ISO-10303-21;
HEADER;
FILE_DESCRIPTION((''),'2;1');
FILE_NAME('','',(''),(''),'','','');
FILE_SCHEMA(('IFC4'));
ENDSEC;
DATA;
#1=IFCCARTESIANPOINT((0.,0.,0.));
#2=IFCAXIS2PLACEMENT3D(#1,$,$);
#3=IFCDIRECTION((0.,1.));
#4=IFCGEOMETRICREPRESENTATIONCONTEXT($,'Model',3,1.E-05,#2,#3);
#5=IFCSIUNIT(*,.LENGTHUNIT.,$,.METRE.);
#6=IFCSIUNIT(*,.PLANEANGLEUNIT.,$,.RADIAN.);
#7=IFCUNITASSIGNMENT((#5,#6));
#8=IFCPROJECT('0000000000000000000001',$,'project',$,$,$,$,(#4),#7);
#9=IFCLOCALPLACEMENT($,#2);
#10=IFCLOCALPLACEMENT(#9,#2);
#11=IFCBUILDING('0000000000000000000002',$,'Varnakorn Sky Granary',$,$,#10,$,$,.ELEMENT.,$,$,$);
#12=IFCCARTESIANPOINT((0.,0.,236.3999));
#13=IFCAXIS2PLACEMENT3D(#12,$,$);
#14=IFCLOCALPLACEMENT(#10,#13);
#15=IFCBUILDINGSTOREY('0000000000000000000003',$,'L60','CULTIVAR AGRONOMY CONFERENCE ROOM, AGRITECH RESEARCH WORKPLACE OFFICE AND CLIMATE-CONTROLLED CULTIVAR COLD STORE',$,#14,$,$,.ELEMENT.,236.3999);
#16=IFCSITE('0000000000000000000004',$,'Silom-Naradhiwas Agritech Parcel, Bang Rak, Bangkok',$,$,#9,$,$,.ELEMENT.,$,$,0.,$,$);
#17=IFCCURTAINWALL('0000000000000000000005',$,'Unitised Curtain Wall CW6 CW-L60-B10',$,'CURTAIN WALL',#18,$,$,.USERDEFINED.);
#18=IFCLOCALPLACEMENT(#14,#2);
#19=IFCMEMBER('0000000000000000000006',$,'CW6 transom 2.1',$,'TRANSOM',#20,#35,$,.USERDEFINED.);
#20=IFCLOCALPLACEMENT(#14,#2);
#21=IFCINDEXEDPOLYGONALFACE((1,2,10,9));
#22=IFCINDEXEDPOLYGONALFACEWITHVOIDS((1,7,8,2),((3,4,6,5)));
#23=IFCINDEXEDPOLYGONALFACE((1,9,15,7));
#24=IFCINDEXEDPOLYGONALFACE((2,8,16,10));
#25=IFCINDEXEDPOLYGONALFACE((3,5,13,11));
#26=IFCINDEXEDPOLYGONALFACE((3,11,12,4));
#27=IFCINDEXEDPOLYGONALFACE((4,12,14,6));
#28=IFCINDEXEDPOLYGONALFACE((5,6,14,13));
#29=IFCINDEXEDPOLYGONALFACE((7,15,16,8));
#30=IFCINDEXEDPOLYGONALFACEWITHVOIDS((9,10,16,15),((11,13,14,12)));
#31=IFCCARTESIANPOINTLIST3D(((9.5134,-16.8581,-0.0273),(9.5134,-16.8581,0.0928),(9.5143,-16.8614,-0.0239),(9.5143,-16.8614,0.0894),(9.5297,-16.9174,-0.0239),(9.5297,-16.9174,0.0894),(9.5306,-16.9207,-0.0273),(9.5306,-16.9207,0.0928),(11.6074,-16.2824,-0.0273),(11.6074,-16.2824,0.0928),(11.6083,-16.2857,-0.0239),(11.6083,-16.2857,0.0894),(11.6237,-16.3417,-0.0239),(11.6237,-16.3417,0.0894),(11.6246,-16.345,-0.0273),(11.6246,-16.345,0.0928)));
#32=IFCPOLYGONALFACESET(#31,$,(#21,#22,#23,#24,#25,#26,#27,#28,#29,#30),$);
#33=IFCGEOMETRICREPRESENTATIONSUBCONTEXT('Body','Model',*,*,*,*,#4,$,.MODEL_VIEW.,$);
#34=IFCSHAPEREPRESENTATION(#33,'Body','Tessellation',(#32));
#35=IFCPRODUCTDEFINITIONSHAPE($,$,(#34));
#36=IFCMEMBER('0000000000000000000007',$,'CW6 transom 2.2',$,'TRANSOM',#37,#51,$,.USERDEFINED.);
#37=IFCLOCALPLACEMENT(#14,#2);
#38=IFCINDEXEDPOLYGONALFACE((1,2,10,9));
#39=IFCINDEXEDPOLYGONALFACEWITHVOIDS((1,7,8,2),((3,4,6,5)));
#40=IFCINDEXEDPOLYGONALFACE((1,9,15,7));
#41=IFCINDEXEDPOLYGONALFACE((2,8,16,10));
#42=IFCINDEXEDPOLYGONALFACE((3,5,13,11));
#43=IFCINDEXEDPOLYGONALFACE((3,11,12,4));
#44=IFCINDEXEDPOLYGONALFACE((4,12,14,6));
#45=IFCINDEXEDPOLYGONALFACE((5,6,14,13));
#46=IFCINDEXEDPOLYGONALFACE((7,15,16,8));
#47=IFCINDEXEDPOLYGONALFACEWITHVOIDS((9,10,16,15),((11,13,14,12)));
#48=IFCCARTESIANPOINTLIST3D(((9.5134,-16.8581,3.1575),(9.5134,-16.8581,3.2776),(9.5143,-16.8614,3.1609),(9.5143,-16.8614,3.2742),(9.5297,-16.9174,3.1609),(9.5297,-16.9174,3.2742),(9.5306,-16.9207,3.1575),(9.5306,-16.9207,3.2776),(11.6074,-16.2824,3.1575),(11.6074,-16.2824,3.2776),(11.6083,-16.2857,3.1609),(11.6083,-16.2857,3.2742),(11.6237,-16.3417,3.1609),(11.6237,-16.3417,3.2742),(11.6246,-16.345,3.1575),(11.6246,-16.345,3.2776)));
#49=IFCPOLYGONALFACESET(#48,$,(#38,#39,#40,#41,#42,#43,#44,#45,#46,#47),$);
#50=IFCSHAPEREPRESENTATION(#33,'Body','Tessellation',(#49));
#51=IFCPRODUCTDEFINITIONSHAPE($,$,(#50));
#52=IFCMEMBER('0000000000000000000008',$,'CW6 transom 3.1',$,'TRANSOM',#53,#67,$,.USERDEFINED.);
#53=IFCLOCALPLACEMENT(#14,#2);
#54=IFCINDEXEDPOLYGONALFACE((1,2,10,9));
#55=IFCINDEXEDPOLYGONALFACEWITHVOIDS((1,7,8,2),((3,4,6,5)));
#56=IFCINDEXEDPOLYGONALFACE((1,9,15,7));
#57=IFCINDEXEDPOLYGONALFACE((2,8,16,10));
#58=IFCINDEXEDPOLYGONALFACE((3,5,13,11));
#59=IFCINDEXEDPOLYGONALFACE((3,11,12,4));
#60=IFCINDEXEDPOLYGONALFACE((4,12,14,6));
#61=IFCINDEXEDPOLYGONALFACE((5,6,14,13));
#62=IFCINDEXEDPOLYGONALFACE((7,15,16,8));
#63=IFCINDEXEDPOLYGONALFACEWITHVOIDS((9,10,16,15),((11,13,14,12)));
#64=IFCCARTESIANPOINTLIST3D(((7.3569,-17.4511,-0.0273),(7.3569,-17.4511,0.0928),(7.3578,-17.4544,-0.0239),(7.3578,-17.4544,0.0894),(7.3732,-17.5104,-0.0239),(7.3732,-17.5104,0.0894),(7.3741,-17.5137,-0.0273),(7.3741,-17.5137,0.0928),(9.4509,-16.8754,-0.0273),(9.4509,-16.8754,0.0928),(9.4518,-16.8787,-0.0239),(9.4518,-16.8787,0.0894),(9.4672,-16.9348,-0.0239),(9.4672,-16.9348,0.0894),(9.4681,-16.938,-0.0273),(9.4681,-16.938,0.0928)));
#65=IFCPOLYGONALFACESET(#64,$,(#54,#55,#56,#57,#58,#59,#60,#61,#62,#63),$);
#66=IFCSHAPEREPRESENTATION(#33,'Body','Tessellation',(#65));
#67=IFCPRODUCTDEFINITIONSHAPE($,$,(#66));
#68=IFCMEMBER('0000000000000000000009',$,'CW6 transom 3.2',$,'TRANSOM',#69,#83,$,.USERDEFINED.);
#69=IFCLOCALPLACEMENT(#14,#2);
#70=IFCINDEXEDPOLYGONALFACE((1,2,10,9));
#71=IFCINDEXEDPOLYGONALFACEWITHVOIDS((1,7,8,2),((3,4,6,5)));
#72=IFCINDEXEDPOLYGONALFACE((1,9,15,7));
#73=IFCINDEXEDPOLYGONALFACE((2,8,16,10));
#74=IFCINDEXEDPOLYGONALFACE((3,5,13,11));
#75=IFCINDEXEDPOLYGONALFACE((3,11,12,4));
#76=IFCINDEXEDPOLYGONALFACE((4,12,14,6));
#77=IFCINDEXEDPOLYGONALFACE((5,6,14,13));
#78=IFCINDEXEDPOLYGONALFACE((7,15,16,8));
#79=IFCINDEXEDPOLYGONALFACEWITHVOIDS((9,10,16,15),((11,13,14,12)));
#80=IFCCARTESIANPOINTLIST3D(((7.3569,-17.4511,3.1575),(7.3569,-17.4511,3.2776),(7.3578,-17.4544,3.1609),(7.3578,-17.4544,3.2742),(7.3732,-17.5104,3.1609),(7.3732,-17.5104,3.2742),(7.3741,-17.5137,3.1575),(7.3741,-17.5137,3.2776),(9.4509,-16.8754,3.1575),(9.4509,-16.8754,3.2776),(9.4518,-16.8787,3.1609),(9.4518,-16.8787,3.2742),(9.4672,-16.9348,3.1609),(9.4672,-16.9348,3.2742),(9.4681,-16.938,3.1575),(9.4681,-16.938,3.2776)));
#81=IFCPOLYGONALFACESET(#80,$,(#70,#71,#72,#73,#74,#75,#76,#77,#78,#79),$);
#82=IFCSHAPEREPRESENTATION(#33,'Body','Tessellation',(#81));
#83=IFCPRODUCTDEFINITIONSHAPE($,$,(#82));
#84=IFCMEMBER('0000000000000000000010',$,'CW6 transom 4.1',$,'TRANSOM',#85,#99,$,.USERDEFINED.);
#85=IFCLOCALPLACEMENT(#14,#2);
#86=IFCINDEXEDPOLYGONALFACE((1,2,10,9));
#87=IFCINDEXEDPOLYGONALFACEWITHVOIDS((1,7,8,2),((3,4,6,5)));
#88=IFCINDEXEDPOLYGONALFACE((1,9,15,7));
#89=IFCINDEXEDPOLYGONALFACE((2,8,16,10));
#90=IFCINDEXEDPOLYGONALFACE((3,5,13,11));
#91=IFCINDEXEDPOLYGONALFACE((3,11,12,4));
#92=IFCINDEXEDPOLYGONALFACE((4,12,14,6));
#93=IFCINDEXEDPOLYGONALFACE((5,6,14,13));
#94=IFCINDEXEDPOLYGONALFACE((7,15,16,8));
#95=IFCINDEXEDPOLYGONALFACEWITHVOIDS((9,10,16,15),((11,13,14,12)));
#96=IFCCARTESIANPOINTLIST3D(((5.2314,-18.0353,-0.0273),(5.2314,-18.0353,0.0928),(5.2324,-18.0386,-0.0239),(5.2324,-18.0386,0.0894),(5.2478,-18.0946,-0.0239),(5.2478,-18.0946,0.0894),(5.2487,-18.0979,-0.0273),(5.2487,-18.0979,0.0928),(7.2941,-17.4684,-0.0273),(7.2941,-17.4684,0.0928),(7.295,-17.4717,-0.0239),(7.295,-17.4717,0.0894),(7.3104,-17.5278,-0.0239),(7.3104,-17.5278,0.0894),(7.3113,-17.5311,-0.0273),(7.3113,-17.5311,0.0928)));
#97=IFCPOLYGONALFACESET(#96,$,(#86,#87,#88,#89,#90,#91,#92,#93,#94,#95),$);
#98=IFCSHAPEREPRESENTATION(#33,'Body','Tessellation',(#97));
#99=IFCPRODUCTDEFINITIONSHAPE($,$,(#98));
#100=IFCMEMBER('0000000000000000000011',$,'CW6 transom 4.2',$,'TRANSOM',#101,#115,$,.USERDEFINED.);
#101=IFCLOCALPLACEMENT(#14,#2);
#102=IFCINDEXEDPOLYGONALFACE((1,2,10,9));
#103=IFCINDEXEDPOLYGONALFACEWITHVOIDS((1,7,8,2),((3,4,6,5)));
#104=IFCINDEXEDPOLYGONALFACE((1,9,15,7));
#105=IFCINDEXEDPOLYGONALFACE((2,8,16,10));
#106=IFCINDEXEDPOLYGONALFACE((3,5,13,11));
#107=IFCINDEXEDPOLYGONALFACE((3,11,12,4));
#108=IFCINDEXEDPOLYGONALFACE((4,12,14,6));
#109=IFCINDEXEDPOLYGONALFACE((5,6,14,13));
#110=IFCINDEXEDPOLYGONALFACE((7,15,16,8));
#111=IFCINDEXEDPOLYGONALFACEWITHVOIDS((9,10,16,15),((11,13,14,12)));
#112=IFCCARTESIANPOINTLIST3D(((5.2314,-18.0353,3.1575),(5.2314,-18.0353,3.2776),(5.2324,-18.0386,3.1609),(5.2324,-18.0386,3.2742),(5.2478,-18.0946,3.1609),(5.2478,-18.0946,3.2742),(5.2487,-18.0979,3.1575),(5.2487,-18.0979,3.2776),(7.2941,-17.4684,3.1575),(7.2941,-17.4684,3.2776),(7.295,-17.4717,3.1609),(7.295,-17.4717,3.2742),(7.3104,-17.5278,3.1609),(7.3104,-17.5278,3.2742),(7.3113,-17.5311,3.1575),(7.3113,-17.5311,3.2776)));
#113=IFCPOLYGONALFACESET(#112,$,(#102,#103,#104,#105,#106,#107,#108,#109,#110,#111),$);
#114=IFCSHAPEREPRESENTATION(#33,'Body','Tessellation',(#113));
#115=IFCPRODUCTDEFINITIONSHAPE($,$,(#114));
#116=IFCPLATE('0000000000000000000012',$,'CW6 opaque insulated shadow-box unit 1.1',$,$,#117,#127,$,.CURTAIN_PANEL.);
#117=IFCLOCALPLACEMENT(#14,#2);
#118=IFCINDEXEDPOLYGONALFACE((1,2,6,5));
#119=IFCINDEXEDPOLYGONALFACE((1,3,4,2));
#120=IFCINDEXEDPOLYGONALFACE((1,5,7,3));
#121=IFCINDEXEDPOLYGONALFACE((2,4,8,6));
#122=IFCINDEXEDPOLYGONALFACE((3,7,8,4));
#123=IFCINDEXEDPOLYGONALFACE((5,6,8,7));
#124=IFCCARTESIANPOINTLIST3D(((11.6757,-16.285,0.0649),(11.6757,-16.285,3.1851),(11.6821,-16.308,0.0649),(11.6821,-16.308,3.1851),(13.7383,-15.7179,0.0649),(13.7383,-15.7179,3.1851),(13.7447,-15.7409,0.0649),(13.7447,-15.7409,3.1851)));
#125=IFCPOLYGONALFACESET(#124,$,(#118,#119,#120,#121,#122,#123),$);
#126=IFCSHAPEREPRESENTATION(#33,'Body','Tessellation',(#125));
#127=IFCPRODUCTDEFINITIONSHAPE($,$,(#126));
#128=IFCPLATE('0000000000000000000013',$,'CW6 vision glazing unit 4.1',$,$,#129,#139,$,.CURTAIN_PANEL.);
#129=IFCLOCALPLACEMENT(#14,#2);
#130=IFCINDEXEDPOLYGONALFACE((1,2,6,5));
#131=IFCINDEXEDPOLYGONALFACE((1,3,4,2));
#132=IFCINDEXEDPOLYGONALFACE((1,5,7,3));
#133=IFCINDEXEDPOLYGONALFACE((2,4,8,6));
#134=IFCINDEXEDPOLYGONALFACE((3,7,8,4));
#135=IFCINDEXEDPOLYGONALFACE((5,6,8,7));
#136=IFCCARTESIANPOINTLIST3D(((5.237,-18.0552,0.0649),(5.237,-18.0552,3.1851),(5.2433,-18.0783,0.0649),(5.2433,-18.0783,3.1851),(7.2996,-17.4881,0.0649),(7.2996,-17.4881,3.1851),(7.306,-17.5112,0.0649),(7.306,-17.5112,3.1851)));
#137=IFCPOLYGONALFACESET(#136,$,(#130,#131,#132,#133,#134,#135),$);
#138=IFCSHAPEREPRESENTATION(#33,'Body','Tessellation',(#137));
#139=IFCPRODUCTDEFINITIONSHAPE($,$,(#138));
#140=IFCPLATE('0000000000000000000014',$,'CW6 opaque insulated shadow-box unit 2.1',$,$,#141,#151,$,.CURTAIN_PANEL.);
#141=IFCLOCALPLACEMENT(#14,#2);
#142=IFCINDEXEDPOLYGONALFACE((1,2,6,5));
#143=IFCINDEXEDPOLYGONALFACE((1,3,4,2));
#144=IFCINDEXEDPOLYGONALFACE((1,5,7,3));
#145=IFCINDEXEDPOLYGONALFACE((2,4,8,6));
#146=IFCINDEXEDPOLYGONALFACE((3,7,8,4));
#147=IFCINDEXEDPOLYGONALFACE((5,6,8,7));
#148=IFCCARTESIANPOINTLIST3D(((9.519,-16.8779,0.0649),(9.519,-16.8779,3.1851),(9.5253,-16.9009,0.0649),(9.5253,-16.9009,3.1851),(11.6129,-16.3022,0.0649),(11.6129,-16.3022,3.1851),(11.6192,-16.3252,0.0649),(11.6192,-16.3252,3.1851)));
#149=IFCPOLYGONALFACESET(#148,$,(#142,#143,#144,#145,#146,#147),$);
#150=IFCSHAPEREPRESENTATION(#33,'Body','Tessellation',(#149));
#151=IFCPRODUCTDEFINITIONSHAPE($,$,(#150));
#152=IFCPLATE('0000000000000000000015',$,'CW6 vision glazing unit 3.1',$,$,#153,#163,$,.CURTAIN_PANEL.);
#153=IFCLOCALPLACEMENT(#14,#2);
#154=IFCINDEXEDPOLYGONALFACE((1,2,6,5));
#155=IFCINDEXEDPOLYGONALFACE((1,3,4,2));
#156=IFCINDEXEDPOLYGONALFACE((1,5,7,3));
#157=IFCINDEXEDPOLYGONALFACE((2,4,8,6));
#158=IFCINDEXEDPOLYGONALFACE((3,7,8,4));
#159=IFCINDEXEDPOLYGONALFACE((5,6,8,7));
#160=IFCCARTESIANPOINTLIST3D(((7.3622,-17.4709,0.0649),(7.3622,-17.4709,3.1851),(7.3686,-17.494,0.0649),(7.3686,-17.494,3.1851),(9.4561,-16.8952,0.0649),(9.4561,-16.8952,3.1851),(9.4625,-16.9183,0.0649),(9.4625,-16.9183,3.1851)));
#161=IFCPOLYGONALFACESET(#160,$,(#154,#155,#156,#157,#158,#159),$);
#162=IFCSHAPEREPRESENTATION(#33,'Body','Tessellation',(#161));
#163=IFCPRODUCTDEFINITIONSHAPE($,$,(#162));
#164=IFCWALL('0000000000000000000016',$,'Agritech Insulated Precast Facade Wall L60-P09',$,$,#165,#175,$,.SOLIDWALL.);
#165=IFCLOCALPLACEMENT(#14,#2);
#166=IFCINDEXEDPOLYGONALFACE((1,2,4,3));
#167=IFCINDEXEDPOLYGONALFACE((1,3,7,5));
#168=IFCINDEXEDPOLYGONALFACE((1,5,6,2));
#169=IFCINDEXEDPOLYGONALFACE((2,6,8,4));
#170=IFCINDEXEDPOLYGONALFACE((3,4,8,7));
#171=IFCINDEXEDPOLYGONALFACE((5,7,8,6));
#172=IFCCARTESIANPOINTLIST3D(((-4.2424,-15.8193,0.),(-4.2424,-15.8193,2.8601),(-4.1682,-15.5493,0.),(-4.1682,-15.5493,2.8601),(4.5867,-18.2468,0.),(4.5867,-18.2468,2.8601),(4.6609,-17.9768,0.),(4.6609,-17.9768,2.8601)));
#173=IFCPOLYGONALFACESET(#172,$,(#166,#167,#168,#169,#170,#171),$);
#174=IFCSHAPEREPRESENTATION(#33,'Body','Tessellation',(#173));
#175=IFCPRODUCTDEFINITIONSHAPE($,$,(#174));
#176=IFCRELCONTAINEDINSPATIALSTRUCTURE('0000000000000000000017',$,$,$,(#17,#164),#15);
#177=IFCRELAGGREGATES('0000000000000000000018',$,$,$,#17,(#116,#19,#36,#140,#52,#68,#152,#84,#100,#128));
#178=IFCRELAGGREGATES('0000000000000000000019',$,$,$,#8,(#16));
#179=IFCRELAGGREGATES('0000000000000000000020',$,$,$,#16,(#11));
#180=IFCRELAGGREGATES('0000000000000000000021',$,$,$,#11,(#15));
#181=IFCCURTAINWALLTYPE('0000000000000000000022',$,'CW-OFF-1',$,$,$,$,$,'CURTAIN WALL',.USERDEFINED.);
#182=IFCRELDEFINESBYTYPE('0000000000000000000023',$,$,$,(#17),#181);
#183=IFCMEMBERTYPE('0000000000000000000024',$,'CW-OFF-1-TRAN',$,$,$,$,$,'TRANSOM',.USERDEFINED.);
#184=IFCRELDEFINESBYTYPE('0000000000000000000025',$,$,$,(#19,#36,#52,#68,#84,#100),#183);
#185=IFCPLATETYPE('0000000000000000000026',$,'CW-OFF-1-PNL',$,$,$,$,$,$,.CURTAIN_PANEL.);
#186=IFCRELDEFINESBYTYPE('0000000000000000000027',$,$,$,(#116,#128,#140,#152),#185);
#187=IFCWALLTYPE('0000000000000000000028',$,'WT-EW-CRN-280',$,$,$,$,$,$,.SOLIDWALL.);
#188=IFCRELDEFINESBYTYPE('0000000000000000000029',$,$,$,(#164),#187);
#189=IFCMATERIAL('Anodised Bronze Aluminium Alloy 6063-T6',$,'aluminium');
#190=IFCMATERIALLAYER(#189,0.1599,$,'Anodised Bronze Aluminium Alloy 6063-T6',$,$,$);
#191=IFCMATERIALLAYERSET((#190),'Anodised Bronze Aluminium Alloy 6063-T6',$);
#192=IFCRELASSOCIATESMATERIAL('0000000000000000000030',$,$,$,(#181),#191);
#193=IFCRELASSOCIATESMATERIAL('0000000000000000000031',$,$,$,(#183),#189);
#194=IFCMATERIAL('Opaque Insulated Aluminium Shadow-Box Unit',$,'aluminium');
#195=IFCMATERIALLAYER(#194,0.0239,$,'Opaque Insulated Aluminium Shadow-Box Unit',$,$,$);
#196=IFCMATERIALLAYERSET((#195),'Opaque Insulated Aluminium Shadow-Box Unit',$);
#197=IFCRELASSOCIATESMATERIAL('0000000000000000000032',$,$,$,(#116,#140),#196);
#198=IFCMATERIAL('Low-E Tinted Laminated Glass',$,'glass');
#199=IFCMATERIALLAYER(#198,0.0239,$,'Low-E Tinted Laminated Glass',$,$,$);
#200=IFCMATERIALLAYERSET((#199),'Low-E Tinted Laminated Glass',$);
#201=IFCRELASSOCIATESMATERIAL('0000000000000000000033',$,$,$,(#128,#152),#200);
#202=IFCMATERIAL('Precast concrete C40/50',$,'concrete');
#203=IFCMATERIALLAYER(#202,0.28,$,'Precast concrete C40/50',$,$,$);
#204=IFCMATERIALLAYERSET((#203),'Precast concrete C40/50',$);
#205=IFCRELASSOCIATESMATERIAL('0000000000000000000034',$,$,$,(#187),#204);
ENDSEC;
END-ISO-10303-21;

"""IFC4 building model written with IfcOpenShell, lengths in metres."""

from ifc_helpers import new_model, si_unit, direction, frame, frame_2d, origin, origin_2d, place, context, subcontext, project, spatial, rectangle, hollow_rectangle, extrude, source, transform, mapped, material, layer, layer_set, material_profile, profile_set, type_object, type_shapes, element, aggregate, save


model = new_model("IFC4")

# Units and contexts
model_context = context("Model", 3, precision=1e-05, world=origin(), true_north=direction((0.0, 1.0)))
body_context = subcontext(model_context, "Body", "Model", "MODEL_VIEW")
ifc_project = project(units=[si_unit("LENGTHUNIT", "METRE"), si_unit("PLANEANGLEUNIT", "RADIAN")], contexts=[model_context])

# Site, building, storey
site_placement = place(None, origin())
site = spatial("IfcSite", under=ifc_project, at=site_placement, Name="Silom-Naradhiwas Agritech Parcel, Bang Rak, Bangkok", CompositionType="ELEMENT", RefElevation=0.0)
building_placement = place(site_placement, origin())
building = spatial("IfcBuilding", under=site, at=building_placement, Name="Varnakorn Sky Granary", CompositionType="ELEMENT")
storey_placement = place(building_placement, frame((0.0, 0.0, 236.3999)))
storey = spatial("IfcBuildingStorey", under=building, at=storey_placement, Name="L60", Description="CULTIVAR AGRONOMY CONFERENCE ROOM, AGRITECH RESEARCH WORKPLACE OFFICE AND CLIMATE-CONTROLLED CULTIVAR COLD STORE", CompositionType="ELEMENT", Elevation=236.3999)

# Curtain wall, members, plates
ifc_material_1 = material(Name="Anodised Bronze Aluminium Alloy 6063-T6", Category="aluminium")
ifc_layer_1 = layer(ifc_material_1, 0.1599, Name="Anodised Bronze Aluminium Alloy 6063-T6")
ifc_layer_set_1 = layer_set([ifc_layer_1], Name="Anodised Bronze Aluminium Alloy 6063-T6")
curtain_wall_type = type_object("IfcCurtainWallType", Name="CW-OFF-1", ElementType="CURTAIN WALL", PredefinedType="USERDEFINED", material=ifc_layer_set_1)
curtain_wall_placement = place(storey_placement, origin())
curtain_wall = element("IfcCurtainWall", 1, at=curtain_wall_placement, inside=storey, type_object=curtain_wall_type, Name="Unitised Curtain Wall CW6 CW-L60-B10", ObjectType="CURTAIN WALL", PredefinedType="USERDEFINED")
ifc_material_profile_1 = material_profile(ifc_material_1, hollow_rectangle(XDim=0.0649, YDim=0.1201, WallThickness=0.0034, at=origin_2d()), Name="ALU TRAN 65x120")
ifc_profile_set_1 = profile_set([ifc_material_profile_1], Name="Anodised Bronze Aluminium Alloy 6063-T6")
member_type_1 = type_object("IfcMemberType", Name="CW-OFF-1-TRAN", ElementType="TRANSOM", PredefinedType="USERDEFINED", material=ifc_profile_set_1)
member_1_placement = place(storey_placement, frame((11.616, -16.3137, 0.0327), z_axis=(-0.964225, -0.265086, 0.0), x_axis=(0.265086, -0.964225, 0.0)))
member_1 = element("IfcMember", 2, at=member_1_placement, type_object=member_type_1, Name="CW6 transom 2.1", ObjectType="TRANSOM", PredefinedType="USERDEFINED", context=body_context, shape_type="SweptSolid", body=[
    extrude(hollow_rectangle(XDim=0.0649, YDim=0.1201, WallThickness=0.0034, at=origin_2d()), origin(), (0.0, 0.0, 1.0), 2.1716),
])
member_2_placement = place(storey_placement, frame((11.616, -16.3137, 3.2175), z_axis=(-0.964225, -0.265086, 0.0), x_axis=(0.265086, -0.964225, 0.0)))
member_2 = element("IfcMember", 3, at=member_2_placement, type_object=member_type_1, Name="CW6 transom 2.2", ObjectType="TRANSOM", PredefinedType="USERDEFINED", context=body_context, shape_type="SweptSolid", body=[
    extrude(hollow_rectangle(XDim=0.0649, YDim=0.1201, WallThickness=0.0034, at=origin_2d()), origin(), (0.0, 0.0, 1.0), 2.1716),
])
member_3_placement = place(storey_placement, frame((9.4595, -16.9067, 0.0327), z_axis=(-0.964225, -0.265086, 0.0), x_axis=(0.265086, -0.964225, 0.0)))
member_3 = element("IfcMember", 4, at=member_3_placement, type_object=member_type_1, Name="CW6 transom 3.1", ObjectType="TRANSOM", PredefinedType="USERDEFINED", context=body_context, shape_type="SweptSolid", body=[
    extrude(hollow_rectangle(XDim=0.0649, YDim=0.1201, WallThickness=0.0034, at=origin_2d()), origin(), (0.0, 0.0, 1.0), 2.1716),
])
member_4_placement = place(storey_placement, frame((9.4595, -16.9067, 3.2175), z_axis=(-0.964225, -0.265086, 0.0), x_axis=(0.265086, -0.964225, 0.0)))
member_4 = element("IfcMember", 5, at=member_4_placement, type_object=member_type_1, Name="CW6 transom 3.2", ObjectType="TRANSOM", PredefinedType="USERDEFINED", context=body_context, shape_type="SweptSolid", body=[
    extrude(hollow_rectangle(XDim=0.0649, YDim=0.1201, WallThickness=0.0034, at=origin_2d()), origin(), (0.0, 0.0, 1.0), 2.1716),
])
member_5_placement = place(storey_placement, frame((7.3027, -17.4998, 0.0327), z_axis=(-0.964248, -0.265, 0.0), x_axis=(0.265, -0.964248, 0.0)))
member_5 = element("IfcMember", 6, at=member_5_placement, type_object=member_type_1, Name="CW6 transom 4.1", ObjectType="TRANSOM", PredefinedType="USERDEFINED", context=body_context, shape_type="SweptSolid", body=[
    extrude(hollow_rectangle(XDim=0.0649, YDim=0.1201, WallThickness=0.0034, at=origin_2d()), origin(), (0.0, 0.0, 1.0), 2.1392),
])
member_6_placement = place(storey_placement, frame((7.3027, -17.4998, 3.2175), z_axis=(-0.964248, -0.265, 0.0), x_axis=(0.265, -0.964248, 0.0)))
member_6 = element("IfcMember", 7, at=member_6_placement, type_object=member_type_1, Name="CW6 transom 4.2", ObjectType="TRANSOM", PredefinedType="USERDEFINED", context=body_context, shape_type="SweptSolid", body=[
    extrude(hollow_rectangle(XDim=0.0649, YDim=0.1201, WallThickness=0.0034, at=origin_2d()), origin(), (0.0, 0.0, 1.0), 2.1392),
])
ifc_material_2 = material(Name="Opaque Insulated Aluminium Shadow-Box Unit", Category="aluminium")
ifc_layer_2 = layer(ifc_material_2, 0.0239, Name="Opaque Insulated Aluminium Shadow-Box Unit")
ifc_layer_set_2 = layer_set([ifc_layer_2], Name="Opaque Insulated Aluminium Shadow-Box Unit")
plate_type = type_object("IfcPlateType", Name="CW-OFF-1-PNL", PredefinedType="CURTAIN_PANEL")
shared_shape_1 = source(origin(), body_context, "Body", "SweptSolid", [
    extrude(rectangle(XDim=2.1392, YDim=0.0239, at=origin_2d()), origin(), (0.0, 0.0, 1.0), 3.1201),
])
plate_1_placement = place(storey_placement, frame((12.7102, -16.0129, 0.0649), z_axis=(0.0, 0.0, 1.0), x_axis=(-0.964221, -0.2651, 0.0)))
plate_1 = element("IfcPlate", 8, at=plate_1_placement, type_object=plate_type, material=ifc_layer_set_2, Name="CW6 opaque insulated shadow-box unit 1.1", PredefinedType="CURTAIN_PANEL", context=body_context, shape_type="MappedRepresentation", body=[
    mapped(shared_shape_1, transform((0.0, 0.0, 0.0), x_axis=(1.0, 0.0, 0.0), y_axis=(0.0, 1.0, 0.0), z_axis=(0.0, 0.0, 1.0), scale=1.0)),
])
ifc_material_3 = material(Name="Low-E Tinted Laminated Glass", Category="glass")
ifc_layer_3 = layer(ifc_material_3, 0.0239, Name="Low-E Tinted Laminated Glass")
ifc_layer_set_3 = layer_set([ifc_layer_3], Name="Low-E Tinted Laminated Glass")
plate_2_placement = place(storey_placement, frame((6.2715, -17.7832, 0.0649), z_axis=(0.0, 0.0, 1.0), x_axis=(-0.964221, -0.2651, 0.0)))
plate_2 = element("IfcPlate", 9, at=plate_2_placement, type_object=plate_type, material=ifc_layer_set_3, Name="CW6 vision glazing unit 4.1", PredefinedType="CURTAIN_PANEL", context=body_context, shape_type="MappedRepresentation", body=[
    mapped(shared_shape_1, transform((0.0, 0.0, 0.0), x_axis=(1.0, 0.0, 0.0), y_axis=(0.0, 1.0, 0.0), z_axis=(0.0, 0.0, 1.0), scale=1.0)),
])
shared_shape_2 = source(origin(), body_context, "Body", "SweptSolid", [
    extrude(rectangle(XDim=2.1716, YDim=0.0239, at=origin_2d()), origin(), (0.0, 0.0, 1.0), 3.1201),
])
type_shapes(plate_type, [shared_shape_1, shared_shape_2])
plate_3_placement = place(storey_placement, frame((10.5691, -16.6016, 0.0649), z_axis=(0.0, 0.0, 1.0), x_axis=(-0.964221, -0.2651, 0.0)))
plate_3 = element("IfcPlate", 10, at=plate_3_placement, type_object=plate_type, material=ifc_layer_set_2, Name="CW6 opaque insulated shadow-box unit 2.1", PredefinedType="CURTAIN_PANEL", context=body_context, shape_type="MappedRepresentation", body=[
    mapped(shared_shape_2, transform((0.0, 0.0, 0.0), x_axis=(1.0, 0.0, 0.0), y_axis=(0.0, 1.0, 0.0), z_axis=(0.0, 0.0, 1.0), scale=1.0)),
])
plate_4_placement = place(storey_placement, frame((8.4124, -17.1946, 0.0649), z_axis=(0.0, 0.0, 1.0), x_axis=(-0.964221, -0.2651, 0.0)))
plate_4 = element("IfcPlate", 11, at=plate_4_placement, type_object=plate_type, material=ifc_layer_set_3, Name="CW6 vision glazing unit 3.1", PredefinedType="CURTAIN_PANEL", context=body_context, shape_type="MappedRepresentation", body=[
    mapped(shared_shape_2, transform((0.0, 0.0, 0.0), x_axis=(1.0, 0.0, 0.0), y_axis=(0.0, 1.0, 0.0), z_axis=(0.0, 0.0, 1.0), scale=1.0)),
])
aggregate(curtain_wall, [plate_1, member_1, member_2, plate_3, member_3, member_4, plate_4, member_5, member_6, plate_2])

# Wall
ifc_material_4 = material(Name="Precast concrete C40/50", Category="concrete")
ifc_layer_4 = layer(ifc_material_4, 0.28, Name="Precast concrete C40/50")
ifc_layer_set_4 = layer_set([ifc_layer_4], Name="Precast concrete C40/50")
wall_type = type_object("IfcWallType", Name="WT-EW-CRN-280", PredefinedType="SOLIDWALL", material=ifc_layer_set_4)
wall_placement = place(storey_placement, frame((4.6238, -18.1118, 0.0), z_axis=(0.0, 0.0, 1.0), x_axis=(-0.96422, 0.265104, 0.0)))
element("IfcWall", 12, at=wall_placement, inside=storey, type_object=wall_type, Name="Agritech Insulated Precast Facade Wall L60-P09", PredefinedType="SOLIDWALL", context=body_context, shape_type="SweptSolid", body=[
    extrude(rectangle(XDim=9.1567, YDim=0.28, at=frame_2d((4.5784, 0.0))), origin(), (0.0, 0.0, 1.0), 2.8601),
])

save(model, "model.ifc")
